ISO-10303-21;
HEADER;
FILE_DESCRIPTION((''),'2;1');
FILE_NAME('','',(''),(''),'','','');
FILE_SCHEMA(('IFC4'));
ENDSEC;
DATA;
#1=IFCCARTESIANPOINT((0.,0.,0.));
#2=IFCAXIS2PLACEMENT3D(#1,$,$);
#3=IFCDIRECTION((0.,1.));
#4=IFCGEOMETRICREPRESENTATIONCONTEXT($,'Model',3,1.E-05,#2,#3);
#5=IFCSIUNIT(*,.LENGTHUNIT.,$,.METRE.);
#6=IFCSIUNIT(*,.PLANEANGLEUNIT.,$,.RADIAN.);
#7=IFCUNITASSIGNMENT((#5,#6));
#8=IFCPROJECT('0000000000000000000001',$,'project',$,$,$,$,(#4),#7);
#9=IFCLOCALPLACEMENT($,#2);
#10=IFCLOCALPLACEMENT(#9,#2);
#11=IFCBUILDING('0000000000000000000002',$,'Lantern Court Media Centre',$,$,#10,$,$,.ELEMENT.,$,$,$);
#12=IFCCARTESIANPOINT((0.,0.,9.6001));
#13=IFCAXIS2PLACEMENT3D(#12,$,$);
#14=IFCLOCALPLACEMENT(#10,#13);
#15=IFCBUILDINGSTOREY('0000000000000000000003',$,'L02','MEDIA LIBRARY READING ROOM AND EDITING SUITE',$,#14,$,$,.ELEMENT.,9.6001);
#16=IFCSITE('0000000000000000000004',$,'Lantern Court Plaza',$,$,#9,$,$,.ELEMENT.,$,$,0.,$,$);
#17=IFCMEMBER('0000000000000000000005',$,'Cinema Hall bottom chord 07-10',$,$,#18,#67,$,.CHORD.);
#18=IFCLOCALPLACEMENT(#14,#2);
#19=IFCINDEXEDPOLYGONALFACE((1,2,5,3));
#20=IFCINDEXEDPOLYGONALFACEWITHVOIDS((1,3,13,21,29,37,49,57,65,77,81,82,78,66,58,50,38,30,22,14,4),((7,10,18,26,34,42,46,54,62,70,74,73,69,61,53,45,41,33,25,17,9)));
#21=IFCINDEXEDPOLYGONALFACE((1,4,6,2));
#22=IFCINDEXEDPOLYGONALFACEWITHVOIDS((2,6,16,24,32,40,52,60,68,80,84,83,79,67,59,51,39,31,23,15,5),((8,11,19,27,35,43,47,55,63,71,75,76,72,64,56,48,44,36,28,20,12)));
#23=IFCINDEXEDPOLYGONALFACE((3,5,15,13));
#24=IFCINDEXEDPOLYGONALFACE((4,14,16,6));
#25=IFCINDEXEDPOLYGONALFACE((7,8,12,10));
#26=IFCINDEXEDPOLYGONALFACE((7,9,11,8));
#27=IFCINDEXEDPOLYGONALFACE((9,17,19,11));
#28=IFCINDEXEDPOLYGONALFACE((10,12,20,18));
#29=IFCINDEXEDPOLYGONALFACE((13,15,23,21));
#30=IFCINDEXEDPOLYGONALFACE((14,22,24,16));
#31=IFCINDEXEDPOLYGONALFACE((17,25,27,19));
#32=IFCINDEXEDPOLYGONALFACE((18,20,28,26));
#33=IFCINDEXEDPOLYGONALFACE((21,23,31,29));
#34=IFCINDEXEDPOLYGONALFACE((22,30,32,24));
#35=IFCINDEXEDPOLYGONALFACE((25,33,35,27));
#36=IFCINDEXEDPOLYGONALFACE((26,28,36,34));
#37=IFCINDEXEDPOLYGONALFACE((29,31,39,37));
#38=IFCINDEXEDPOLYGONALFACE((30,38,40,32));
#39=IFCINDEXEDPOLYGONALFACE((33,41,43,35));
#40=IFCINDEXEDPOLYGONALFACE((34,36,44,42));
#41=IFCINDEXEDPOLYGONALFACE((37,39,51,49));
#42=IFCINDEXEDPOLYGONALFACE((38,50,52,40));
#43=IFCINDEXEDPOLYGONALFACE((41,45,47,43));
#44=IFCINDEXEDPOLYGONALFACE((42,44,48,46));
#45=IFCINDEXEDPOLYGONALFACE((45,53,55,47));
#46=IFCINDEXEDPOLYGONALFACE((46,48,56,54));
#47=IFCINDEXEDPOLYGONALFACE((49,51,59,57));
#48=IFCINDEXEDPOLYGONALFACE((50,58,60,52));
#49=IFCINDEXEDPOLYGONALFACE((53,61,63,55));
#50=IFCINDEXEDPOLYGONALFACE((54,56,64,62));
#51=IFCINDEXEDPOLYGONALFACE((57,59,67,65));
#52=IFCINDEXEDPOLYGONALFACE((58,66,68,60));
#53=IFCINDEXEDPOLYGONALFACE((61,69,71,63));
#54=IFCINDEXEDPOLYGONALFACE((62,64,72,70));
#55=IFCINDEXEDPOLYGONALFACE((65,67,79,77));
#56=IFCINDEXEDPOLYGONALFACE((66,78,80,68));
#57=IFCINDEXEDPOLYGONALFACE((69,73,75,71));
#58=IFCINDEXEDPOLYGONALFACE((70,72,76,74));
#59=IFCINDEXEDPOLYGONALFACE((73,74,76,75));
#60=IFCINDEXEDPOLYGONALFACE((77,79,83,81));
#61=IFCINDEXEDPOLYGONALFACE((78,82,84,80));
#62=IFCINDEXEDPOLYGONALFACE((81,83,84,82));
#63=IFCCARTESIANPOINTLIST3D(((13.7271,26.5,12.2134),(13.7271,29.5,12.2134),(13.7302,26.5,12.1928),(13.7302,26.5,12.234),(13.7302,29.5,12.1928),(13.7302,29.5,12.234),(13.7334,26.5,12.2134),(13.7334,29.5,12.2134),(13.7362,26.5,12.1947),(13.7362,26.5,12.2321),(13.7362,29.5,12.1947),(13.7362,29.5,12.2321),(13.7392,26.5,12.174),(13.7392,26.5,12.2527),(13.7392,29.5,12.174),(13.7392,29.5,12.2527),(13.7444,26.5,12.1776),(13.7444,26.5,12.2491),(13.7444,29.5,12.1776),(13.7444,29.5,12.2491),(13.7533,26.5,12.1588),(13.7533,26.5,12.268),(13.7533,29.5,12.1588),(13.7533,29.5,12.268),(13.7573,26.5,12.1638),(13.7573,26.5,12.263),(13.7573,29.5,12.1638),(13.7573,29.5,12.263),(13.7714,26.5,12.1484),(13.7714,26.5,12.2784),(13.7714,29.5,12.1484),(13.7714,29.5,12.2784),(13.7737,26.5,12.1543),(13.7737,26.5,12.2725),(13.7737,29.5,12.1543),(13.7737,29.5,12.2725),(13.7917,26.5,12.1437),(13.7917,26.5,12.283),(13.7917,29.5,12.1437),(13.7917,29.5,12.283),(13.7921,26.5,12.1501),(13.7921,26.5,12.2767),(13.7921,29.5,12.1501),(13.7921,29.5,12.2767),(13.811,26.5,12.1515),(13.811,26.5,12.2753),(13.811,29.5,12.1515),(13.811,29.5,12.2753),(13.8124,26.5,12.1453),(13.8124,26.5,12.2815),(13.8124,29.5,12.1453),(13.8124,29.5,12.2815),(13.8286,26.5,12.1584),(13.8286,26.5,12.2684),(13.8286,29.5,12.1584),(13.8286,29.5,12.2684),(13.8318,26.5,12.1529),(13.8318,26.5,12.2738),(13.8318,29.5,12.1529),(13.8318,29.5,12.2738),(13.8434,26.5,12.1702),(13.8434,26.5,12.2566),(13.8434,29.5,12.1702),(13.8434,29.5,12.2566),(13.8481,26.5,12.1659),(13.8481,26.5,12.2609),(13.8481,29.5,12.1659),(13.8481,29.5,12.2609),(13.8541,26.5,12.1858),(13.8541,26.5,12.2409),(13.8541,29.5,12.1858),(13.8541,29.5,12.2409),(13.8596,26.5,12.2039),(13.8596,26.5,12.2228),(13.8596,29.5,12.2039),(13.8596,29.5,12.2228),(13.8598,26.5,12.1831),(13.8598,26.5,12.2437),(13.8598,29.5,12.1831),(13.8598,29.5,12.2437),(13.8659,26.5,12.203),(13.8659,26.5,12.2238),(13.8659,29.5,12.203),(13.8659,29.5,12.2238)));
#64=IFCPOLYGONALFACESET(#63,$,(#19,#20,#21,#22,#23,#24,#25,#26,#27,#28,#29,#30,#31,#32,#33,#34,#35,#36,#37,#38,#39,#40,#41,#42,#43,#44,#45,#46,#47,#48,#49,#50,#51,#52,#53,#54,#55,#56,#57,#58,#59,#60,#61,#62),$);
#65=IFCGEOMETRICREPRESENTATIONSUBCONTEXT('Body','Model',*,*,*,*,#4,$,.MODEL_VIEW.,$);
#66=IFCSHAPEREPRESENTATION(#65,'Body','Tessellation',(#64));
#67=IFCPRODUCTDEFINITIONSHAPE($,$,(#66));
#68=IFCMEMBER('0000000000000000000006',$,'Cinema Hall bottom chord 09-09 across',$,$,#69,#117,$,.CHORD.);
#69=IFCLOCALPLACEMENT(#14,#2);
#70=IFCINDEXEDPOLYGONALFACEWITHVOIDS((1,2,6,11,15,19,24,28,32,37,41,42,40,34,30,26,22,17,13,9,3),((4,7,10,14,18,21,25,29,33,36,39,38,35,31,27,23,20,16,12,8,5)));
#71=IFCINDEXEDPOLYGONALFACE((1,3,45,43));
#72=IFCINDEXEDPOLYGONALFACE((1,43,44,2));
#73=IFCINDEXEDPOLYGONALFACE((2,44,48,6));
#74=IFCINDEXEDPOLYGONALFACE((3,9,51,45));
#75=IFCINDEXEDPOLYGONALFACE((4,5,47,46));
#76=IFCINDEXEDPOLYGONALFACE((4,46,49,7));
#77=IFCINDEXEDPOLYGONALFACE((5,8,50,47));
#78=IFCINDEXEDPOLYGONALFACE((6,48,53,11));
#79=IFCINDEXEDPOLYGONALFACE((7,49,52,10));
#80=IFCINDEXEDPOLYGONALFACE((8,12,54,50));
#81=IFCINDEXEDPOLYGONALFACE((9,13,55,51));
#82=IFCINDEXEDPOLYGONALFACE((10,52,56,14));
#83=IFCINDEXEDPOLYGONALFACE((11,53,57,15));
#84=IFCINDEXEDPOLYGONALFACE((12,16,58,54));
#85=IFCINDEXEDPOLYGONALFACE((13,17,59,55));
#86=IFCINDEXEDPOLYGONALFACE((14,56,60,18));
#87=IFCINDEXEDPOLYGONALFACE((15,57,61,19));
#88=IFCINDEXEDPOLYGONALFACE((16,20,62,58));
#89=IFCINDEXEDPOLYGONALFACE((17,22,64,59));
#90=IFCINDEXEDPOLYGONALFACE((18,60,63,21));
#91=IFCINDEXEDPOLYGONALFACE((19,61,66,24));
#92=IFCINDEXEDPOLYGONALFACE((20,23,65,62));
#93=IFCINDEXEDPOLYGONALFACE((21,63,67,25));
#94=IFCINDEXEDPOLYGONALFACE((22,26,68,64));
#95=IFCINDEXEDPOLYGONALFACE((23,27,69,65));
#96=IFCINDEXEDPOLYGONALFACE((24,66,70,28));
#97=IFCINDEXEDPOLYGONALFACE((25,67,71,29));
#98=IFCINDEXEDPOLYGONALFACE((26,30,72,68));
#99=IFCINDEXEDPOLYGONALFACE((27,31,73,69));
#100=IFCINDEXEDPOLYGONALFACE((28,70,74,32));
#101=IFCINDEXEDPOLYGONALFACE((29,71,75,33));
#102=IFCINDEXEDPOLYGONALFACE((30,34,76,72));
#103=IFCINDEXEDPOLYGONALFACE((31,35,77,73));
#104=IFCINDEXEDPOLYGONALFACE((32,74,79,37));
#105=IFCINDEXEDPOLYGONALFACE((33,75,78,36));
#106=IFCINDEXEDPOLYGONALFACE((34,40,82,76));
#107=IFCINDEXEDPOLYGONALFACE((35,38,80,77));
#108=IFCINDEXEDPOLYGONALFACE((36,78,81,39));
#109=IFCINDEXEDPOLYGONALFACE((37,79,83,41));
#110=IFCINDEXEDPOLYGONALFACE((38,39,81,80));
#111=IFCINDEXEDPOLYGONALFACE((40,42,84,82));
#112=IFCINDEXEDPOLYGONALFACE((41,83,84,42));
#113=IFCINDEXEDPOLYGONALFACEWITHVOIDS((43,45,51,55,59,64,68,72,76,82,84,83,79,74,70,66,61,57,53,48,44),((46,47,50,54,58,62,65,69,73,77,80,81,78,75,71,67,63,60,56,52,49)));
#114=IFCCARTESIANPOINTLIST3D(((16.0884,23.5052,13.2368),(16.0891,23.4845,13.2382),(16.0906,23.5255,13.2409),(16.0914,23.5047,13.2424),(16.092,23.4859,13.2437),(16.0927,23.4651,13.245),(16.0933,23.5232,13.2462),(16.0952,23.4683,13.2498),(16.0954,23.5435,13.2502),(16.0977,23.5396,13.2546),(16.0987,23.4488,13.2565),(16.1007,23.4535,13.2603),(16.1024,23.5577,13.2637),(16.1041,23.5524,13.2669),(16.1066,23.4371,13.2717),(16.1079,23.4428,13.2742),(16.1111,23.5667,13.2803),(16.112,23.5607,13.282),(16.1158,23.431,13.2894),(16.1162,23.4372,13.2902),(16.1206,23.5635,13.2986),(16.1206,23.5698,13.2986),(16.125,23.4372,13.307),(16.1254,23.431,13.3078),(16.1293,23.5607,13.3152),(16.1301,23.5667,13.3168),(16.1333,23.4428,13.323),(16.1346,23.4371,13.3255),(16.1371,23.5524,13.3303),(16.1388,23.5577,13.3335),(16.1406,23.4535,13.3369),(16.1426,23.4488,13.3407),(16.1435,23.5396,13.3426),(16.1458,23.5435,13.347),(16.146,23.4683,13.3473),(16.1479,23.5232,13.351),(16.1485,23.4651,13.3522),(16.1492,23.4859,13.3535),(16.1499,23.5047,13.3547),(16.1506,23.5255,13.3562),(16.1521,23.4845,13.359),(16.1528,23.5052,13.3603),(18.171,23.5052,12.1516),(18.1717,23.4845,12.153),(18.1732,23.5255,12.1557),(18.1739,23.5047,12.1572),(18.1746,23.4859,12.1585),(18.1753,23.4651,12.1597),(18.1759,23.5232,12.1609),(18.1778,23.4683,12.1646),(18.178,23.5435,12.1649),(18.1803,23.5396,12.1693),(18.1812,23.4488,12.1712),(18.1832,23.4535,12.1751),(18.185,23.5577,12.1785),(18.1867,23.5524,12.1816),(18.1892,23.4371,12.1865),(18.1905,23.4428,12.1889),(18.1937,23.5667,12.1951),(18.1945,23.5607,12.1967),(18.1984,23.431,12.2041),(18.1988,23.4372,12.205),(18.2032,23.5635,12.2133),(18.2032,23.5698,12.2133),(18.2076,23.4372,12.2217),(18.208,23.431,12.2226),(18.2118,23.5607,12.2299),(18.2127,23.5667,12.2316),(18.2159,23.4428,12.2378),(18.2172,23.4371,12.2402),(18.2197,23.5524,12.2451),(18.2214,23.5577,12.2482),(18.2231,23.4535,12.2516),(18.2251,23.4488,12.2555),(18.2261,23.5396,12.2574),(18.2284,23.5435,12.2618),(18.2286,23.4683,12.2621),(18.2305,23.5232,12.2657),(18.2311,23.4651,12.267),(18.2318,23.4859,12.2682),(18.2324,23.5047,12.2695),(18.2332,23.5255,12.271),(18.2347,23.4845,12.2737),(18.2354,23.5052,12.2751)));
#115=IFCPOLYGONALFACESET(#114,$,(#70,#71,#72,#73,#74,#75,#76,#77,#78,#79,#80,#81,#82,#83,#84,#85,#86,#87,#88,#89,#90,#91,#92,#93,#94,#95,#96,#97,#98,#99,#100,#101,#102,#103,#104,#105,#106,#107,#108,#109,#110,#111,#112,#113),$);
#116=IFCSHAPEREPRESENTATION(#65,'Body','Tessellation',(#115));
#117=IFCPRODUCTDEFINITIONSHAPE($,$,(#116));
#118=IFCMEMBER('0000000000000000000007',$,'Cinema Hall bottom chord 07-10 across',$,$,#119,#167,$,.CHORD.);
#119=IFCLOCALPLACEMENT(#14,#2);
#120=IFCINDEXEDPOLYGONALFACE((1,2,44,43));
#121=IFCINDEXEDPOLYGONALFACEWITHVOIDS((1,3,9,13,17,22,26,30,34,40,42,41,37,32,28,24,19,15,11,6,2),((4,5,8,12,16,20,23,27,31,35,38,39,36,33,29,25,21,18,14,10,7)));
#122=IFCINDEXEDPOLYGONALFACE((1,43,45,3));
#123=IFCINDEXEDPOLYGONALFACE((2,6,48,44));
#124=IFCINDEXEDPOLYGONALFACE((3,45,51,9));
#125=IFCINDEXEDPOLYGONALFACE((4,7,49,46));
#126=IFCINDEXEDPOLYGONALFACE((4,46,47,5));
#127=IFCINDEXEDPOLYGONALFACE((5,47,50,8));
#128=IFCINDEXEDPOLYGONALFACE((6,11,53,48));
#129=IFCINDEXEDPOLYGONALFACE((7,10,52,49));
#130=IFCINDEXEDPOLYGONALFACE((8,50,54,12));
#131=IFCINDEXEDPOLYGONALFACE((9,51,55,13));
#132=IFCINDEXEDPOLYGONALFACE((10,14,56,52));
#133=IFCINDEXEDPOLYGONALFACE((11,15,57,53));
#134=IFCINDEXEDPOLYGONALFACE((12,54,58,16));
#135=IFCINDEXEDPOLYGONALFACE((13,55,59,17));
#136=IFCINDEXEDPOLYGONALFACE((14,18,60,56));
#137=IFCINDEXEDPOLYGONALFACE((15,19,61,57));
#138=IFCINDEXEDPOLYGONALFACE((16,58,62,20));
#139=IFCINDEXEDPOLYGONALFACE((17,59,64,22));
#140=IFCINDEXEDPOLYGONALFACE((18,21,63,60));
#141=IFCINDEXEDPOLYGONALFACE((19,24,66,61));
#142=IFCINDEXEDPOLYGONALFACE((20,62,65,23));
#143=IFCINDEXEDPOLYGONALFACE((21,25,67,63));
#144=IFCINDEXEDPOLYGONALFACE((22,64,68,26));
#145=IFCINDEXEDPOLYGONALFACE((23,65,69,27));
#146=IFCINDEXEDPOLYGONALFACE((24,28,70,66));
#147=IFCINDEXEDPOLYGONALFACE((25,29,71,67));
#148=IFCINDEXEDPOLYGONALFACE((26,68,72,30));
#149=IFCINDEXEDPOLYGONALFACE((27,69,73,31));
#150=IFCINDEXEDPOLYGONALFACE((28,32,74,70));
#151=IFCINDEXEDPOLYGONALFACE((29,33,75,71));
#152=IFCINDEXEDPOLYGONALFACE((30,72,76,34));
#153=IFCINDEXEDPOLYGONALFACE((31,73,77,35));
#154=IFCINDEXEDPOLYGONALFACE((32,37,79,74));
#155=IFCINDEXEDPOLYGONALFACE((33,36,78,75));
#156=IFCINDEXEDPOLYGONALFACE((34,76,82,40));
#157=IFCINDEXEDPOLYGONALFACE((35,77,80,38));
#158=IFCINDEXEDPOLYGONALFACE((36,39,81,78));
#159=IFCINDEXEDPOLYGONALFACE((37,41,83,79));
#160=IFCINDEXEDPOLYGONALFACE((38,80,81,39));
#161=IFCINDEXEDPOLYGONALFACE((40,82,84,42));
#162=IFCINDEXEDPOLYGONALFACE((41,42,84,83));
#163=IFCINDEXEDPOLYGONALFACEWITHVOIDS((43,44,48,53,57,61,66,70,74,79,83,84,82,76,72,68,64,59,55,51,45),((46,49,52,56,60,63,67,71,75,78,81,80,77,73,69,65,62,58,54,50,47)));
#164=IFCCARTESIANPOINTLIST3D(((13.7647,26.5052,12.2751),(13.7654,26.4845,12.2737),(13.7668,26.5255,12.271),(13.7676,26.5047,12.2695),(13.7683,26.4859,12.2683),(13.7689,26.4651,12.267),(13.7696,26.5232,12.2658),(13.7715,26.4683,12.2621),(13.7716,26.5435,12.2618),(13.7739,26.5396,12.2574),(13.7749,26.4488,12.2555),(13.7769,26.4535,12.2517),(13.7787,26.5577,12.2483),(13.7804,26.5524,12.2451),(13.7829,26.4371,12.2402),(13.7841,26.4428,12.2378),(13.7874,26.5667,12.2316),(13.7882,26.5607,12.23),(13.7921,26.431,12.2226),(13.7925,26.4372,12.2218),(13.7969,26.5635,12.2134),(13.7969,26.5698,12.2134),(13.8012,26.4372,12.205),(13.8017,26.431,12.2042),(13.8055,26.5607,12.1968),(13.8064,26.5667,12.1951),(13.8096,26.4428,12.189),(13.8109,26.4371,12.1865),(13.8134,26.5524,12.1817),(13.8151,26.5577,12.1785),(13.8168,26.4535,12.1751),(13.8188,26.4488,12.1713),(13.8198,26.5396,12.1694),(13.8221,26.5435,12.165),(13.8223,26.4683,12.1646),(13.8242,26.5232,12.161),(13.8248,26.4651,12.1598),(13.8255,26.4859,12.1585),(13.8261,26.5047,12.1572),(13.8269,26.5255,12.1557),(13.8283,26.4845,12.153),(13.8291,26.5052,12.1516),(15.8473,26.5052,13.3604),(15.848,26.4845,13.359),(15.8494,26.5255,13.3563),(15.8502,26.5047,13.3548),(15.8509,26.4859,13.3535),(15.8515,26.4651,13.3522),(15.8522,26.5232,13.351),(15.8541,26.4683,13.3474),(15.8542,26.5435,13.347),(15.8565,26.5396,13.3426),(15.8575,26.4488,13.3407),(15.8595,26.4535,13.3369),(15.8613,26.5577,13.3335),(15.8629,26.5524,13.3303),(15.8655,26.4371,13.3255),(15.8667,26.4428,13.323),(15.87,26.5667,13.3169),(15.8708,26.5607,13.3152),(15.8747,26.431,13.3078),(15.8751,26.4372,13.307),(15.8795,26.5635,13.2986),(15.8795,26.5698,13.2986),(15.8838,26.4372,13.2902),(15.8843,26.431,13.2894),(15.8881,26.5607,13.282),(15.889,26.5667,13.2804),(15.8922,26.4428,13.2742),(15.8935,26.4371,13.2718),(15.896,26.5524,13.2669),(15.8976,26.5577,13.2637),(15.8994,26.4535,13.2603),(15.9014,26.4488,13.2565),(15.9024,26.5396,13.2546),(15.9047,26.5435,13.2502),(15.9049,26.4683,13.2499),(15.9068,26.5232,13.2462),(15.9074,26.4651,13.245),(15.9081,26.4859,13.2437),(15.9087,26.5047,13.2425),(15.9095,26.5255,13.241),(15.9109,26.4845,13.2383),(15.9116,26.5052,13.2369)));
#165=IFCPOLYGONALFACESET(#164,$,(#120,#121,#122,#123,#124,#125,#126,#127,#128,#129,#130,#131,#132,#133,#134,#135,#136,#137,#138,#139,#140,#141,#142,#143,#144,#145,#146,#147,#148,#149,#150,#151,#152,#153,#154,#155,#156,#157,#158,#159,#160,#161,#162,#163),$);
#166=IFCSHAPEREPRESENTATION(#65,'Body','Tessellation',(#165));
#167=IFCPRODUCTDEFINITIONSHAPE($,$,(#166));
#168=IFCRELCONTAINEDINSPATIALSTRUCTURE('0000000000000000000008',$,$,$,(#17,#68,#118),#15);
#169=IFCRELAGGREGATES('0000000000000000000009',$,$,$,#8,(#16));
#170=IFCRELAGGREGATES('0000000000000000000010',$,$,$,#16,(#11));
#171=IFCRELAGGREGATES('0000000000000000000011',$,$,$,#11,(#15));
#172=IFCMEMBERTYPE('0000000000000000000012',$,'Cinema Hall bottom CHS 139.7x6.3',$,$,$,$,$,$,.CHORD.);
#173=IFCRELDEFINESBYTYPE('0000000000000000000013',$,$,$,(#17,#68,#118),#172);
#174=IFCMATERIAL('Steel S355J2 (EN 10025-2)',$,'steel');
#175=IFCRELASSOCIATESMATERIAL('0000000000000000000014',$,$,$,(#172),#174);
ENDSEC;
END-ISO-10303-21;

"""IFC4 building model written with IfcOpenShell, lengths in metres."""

from ifc_helpers import new_model, si_unit, direction, frame, origin, origin_2d, place, context, subcontext, project, spatial, hollow_circle, extrude, material, material_profile, profile_set, type_object, element, save


model = new_model("IFC4")

# Units and contexts
model_context = context("Model", 3, precision=1e-05, world=origin(), true_north=direction((0.0, 1.0)))
body_context = subcontext(model_context, "Body", "Model", "MODEL_VIEW")
ifc_project = project(units=[si_unit("LENGTHUNIT", "METRE"), si_unit("PLANEANGLEUNIT", "RADIAN")], contexts=[model_context])

# Site, building, storey
site_placement = place(None, origin())
site = spatial("IfcSite", under=ifc_project, at=site_placement, Name="Lantern Court Plaza", CompositionType="ELEMENT", RefElevation=0.0)
building_placement = place(site_placement, origin())
building = spatial("IfcBuilding", under=site, at=building_placement, Name="Lantern Court Media Centre", CompositionType="ELEMENT")
storey_placement = place(building_placement, frame((0.0, 0.0, 9.6001)))
storey = spatial("IfcBuildingStorey", under=building, at=storey_placement, Name="L02", Description="MEDIA LIBRARY READING ROOM AND EDITING SUITE", CompositionType="ELEMENT", Elevation=9.6001)

# Members
ifc_material = material(Name="Steel S355J2 (EN 10025-2)", Category="steel")
ifc_material_profile_1 = material_profile(ifc_material, hollow_circle(Radius=0.0698, WallThickness=0.0063, at=origin_2d()), Name="Cinema Hall bottom CHS 139.7x6.3")
ifc_profile_set_1 = profile_set([ifc_material_profile_1], Name="Steel S355J2 (EN 10025-2)")
member_type_1 = type_object("IfcMemberType", Name="Cinema Hall bottom CHS 139.7x6.3", PredefinedType="CHORD", material=ifc_profile_set_1)
member_1_placement = place(storey_placement, frame((13.7969, 26.5, 12.2134), z_axis=(0.0, 1.0, 0.0), x_axis=(-1.0, 0.0, 0.0)))
element("IfcMember", 1, at=member_1_placement, inside=storey, type_object=member_type_1, Name="Cinema Hall bottom chord 07-10", PredefinedType="CHORD", context=body_context, shape_type="SweptSolid", body=[
    extrude(hollow_circle(Radius=0.0698, WallThickness=0.0063, at=origin_2d()), origin(), (0.0, 0.0, 1.0), 3.0),
])
for number, where, z_axis, x_axis, name in (
    (2, (16.1206, 23.5, 13.2986), (0.886816, 0.0, -0.462122), (0.0, 1.0, 0.0), "Cinema Hall bottom chord 09-09 across"),
    (3, (13.7969, 26.5, 12.2134), (0.886816, 0.0, 0.462122), (0.0, 1.0, 0.0), "Cinema Hall bottom chord 07-10 across"),
):
    element("IfcMember", number, at=place(storey_placement, frame(where, z_axis=z_axis, x_axis=x_axis)), inside=storey, type_object=member_type_1, Name=name, PredefinedType="CHORD", context=body_context, shape_type="SweptSolid", body=[
        extrude(hollow_circle(Radius=0.0698, WallThickness=0.0063, at=origin_2d()), origin(), (0.0, 0.0, 1.0), 2.3484),
    ])

save(model, "model.ifc")
